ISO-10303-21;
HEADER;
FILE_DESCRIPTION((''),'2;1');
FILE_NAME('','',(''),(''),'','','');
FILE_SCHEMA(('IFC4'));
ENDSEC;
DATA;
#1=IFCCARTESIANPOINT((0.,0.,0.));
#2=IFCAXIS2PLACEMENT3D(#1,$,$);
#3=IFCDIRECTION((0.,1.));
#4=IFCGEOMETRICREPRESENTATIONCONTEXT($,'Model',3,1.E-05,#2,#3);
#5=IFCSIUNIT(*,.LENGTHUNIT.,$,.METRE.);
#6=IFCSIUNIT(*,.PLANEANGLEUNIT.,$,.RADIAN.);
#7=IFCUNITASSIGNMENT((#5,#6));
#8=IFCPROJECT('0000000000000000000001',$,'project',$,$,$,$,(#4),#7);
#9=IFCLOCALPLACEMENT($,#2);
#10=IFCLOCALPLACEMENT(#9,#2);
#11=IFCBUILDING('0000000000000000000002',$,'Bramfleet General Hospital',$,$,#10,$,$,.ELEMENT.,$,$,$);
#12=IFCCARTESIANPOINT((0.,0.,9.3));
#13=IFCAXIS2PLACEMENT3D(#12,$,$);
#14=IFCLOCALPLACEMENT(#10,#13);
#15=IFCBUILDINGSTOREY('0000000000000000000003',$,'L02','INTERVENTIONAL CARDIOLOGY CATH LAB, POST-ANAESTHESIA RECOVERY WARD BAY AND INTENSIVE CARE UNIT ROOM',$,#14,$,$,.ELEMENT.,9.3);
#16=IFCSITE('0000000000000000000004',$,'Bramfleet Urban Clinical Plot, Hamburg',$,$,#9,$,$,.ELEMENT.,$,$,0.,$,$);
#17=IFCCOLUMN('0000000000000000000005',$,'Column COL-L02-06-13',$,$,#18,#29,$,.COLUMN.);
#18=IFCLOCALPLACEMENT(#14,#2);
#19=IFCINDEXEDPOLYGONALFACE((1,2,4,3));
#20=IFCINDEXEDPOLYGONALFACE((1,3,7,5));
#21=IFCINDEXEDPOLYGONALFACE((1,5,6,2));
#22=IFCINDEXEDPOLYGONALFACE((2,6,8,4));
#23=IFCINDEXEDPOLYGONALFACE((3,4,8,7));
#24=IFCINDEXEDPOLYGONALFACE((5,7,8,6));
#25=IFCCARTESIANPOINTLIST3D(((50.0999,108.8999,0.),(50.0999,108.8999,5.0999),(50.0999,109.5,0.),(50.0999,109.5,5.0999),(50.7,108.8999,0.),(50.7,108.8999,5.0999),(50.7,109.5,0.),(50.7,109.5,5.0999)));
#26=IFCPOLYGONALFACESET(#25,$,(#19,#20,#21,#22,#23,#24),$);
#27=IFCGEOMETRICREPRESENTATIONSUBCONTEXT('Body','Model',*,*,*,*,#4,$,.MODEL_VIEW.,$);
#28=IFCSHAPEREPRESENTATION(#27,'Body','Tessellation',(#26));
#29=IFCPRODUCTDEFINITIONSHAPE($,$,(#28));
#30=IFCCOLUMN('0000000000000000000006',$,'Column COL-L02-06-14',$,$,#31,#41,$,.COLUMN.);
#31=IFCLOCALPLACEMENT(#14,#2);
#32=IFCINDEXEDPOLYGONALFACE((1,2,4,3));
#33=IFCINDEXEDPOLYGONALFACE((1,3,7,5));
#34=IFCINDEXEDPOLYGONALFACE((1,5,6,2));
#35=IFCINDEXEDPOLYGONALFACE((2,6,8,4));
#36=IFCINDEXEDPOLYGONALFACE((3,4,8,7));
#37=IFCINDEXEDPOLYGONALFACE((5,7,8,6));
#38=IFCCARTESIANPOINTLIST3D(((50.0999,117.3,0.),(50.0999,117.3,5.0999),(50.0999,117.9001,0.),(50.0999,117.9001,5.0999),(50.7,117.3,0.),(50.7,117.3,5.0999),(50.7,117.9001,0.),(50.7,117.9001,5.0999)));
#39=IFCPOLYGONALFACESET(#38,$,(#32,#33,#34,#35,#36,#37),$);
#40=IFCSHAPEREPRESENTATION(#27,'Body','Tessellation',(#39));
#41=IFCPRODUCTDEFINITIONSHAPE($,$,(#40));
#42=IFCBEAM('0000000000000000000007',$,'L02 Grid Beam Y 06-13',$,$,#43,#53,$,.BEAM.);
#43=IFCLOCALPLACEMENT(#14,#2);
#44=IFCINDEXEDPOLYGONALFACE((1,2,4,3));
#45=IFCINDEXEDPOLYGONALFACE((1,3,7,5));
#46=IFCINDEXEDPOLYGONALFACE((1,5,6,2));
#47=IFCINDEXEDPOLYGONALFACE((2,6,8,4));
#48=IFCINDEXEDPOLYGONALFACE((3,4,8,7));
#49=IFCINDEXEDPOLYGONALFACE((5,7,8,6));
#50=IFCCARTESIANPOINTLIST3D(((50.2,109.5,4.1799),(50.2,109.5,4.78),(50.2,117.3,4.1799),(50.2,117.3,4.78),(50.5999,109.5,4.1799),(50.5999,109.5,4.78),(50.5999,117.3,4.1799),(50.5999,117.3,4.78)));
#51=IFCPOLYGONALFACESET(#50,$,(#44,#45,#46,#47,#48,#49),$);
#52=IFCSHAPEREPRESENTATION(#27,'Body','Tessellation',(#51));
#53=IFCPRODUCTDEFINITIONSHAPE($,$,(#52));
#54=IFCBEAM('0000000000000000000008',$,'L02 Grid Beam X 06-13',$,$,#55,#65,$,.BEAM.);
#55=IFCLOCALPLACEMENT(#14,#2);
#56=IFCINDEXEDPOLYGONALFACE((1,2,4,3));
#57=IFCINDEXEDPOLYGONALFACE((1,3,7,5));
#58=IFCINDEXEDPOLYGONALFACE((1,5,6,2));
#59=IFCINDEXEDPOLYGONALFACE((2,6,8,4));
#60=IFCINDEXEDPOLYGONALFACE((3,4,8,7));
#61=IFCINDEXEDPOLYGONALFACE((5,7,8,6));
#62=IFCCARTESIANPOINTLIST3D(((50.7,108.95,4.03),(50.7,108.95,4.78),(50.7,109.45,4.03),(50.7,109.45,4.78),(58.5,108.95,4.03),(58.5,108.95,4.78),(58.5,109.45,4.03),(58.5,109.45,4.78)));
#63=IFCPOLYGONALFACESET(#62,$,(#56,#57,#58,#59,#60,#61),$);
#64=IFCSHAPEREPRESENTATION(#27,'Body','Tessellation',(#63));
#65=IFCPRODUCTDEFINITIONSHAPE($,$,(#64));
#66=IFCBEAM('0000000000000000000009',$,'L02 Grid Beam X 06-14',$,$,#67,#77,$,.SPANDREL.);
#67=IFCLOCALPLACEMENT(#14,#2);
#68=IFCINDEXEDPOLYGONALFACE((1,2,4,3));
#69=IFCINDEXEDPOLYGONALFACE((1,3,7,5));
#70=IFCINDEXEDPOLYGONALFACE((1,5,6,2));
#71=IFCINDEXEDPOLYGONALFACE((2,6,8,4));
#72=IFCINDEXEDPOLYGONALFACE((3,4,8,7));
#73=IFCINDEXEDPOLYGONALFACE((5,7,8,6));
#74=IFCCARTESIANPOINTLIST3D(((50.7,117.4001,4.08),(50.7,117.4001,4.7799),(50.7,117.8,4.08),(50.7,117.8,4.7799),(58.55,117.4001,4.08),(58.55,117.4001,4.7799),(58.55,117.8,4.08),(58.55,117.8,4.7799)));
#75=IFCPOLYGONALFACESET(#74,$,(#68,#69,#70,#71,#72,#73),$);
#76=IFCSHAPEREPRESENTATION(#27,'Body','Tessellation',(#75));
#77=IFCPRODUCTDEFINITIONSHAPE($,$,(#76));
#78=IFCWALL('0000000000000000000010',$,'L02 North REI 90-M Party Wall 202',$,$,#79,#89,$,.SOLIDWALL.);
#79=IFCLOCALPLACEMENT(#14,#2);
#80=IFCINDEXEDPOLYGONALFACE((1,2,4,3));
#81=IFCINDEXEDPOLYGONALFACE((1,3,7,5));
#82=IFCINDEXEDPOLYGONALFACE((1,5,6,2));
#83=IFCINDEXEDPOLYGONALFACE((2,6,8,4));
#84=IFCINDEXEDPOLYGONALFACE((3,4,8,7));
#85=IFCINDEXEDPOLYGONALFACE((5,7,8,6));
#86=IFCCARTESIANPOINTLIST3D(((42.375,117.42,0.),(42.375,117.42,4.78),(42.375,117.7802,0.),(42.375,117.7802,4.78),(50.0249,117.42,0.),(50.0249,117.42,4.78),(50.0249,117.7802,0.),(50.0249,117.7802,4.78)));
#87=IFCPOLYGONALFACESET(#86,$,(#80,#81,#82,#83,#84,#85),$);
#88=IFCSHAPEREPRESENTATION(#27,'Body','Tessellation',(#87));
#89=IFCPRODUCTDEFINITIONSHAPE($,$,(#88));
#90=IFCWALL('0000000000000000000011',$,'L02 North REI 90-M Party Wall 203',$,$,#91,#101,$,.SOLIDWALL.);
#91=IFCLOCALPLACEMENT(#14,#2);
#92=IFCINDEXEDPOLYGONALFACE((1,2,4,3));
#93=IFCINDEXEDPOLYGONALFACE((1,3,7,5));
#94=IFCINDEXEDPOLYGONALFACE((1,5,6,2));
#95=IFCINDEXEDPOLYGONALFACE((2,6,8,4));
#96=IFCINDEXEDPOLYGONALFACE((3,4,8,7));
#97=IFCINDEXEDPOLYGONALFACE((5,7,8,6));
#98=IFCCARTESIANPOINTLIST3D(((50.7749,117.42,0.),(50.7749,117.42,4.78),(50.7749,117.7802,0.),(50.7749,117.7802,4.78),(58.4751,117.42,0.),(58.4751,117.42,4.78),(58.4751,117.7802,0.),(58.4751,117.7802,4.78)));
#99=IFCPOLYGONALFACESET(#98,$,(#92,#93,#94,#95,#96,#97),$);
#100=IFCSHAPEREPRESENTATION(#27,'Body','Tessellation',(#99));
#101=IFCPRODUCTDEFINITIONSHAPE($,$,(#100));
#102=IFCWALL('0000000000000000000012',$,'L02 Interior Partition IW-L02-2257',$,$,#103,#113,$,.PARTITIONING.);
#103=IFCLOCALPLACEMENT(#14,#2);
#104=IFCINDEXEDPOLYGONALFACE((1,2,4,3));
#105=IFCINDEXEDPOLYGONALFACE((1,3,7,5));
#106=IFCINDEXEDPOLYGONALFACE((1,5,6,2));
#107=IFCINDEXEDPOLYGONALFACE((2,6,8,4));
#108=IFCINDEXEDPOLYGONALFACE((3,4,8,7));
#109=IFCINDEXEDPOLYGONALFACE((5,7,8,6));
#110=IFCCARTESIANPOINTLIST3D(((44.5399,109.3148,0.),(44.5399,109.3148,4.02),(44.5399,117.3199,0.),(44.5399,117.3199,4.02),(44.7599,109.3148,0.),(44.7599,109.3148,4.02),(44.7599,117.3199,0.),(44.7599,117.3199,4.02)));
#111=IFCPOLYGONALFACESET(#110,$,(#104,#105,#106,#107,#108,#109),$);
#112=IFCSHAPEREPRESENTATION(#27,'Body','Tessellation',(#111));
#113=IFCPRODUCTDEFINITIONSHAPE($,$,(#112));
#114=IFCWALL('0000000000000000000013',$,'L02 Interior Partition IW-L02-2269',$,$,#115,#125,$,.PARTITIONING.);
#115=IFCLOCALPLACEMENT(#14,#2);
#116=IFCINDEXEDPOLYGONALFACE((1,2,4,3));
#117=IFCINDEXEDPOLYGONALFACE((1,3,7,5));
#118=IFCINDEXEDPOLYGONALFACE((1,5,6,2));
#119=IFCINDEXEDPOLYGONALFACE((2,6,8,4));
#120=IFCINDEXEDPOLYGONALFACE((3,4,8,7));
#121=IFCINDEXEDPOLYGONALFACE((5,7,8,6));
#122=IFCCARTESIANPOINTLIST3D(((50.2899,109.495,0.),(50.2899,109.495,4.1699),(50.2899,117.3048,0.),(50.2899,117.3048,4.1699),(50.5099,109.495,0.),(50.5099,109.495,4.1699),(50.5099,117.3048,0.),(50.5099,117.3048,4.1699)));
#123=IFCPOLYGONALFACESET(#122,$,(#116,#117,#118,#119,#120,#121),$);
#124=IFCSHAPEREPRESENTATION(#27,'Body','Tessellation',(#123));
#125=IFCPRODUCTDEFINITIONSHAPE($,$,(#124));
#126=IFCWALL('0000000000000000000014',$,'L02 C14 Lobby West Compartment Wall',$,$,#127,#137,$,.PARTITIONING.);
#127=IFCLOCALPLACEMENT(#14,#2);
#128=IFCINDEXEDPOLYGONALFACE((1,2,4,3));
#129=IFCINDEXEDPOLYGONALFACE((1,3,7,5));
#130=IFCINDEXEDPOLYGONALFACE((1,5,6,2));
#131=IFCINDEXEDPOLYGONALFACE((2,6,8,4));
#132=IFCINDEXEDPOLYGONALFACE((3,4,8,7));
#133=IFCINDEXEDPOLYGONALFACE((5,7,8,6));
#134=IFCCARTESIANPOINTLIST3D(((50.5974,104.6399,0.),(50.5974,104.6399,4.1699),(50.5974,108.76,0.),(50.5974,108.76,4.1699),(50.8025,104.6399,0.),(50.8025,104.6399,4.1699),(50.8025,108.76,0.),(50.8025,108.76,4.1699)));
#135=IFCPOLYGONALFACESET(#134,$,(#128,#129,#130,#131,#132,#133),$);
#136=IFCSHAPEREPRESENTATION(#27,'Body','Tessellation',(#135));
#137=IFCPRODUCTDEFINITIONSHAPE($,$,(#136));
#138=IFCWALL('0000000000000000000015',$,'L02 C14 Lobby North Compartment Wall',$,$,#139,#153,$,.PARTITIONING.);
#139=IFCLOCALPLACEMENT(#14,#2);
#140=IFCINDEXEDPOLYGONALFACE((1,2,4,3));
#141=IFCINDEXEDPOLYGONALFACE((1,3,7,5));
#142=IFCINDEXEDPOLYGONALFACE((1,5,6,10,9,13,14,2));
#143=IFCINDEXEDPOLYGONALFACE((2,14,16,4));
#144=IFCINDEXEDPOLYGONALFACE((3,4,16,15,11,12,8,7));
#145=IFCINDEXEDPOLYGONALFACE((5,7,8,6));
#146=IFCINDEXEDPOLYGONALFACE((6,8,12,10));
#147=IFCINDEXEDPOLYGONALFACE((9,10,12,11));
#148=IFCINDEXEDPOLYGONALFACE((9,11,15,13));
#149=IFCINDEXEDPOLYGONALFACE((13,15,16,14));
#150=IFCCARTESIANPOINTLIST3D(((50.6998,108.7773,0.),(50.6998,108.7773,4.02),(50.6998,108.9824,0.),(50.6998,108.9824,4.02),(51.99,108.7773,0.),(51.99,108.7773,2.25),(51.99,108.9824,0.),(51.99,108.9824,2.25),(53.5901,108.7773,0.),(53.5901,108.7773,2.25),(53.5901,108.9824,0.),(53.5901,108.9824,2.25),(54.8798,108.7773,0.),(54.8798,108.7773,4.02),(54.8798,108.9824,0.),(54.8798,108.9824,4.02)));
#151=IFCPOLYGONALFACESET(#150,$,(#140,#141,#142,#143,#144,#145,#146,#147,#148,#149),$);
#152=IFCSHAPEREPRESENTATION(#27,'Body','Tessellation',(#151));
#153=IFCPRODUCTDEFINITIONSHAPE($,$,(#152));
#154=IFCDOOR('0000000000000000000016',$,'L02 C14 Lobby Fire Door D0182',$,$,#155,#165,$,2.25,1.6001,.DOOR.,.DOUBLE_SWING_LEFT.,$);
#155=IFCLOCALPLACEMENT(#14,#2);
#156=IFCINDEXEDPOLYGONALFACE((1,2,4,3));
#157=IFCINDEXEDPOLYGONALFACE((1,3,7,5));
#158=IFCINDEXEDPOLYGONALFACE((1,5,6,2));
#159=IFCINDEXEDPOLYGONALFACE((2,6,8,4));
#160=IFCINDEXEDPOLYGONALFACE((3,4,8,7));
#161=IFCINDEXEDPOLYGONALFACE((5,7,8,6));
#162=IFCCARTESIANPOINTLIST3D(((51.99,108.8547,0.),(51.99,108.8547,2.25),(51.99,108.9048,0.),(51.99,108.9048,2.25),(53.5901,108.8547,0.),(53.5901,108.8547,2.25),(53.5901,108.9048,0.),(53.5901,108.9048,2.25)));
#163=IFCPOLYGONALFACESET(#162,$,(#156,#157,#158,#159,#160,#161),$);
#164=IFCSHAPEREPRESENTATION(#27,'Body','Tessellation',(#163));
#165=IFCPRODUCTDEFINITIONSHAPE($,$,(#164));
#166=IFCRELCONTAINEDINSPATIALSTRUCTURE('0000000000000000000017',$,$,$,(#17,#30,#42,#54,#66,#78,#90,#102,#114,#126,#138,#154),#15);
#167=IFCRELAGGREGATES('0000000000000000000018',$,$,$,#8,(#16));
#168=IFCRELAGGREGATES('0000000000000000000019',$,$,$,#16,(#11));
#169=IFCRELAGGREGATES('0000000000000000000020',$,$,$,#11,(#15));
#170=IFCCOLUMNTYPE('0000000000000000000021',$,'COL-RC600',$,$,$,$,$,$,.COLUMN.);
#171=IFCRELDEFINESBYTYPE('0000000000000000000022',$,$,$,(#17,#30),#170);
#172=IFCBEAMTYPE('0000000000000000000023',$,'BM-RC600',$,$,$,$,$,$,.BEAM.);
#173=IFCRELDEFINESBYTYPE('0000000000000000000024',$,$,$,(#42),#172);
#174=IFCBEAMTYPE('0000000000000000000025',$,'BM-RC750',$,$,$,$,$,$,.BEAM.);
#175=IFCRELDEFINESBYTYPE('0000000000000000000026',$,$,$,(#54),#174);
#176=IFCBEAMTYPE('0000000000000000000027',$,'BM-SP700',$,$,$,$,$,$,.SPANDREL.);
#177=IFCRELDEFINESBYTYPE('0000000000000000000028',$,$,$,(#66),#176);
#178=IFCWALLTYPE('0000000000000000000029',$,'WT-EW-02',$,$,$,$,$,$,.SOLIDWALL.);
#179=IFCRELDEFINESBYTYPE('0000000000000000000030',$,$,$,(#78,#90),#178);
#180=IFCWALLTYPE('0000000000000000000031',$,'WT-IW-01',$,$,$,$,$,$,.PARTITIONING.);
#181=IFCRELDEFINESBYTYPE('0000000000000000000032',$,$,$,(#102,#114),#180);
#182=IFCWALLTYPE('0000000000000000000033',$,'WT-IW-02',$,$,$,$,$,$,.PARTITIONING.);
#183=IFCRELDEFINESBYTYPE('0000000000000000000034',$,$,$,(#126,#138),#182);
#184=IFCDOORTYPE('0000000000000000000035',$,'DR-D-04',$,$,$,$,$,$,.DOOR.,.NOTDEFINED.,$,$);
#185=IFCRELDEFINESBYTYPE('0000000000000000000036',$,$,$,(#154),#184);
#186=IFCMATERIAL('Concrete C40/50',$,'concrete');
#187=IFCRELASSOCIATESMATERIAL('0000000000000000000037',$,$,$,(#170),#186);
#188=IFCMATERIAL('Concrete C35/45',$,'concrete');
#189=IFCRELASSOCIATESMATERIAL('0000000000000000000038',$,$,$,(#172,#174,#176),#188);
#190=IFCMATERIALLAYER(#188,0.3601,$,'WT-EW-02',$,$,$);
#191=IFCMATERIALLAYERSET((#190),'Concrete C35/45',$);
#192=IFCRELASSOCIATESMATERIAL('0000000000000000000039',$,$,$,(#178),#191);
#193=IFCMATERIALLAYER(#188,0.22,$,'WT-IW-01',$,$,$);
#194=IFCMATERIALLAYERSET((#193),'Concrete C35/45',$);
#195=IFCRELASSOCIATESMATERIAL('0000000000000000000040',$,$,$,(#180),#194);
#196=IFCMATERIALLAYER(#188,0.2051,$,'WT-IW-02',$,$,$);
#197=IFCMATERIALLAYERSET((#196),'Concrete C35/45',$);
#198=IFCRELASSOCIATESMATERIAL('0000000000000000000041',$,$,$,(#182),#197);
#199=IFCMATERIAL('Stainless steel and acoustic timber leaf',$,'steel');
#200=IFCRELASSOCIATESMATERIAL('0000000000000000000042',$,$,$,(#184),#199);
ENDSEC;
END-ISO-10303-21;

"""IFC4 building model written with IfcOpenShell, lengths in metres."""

from ifc_helpers import new_model, si_unit, direction, frame, frame_2d, origin, origin_2d, place, context, subcontext, project, spatial, rectangle, extrude, material, layer, layer_set, material_profile, profile_set, type_object, element, fill, save


model = new_model("IFC4")

# Units and contexts
model_context = context("Model", 3, precision=1e-05, world=origin(), true_north=direction((0.0, 1.0)))
body_context = subcontext(model_context, "Body", "Model", "MODEL_VIEW")
ifc_project = project(units=[si_unit("LENGTHUNIT", "METRE"), si_unit("PLANEANGLEUNIT", "RADIAN")], contexts=[model_context])

# Site, building, storey
site_placement = place(None, origin())
site = spatial("IfcSite", under=ifc_project, at=site_placement, Name="Bramfleet Urban Clinical Plot, Hamburg", CompositionType="ELEMENT", RefElevation=0.0)
building_placement = place(site_placement, origin())
building = spatial("IfcBuilding", under=site, at=building_placement, Name="Bramfleet General Hospital", CompositionType="ELEMENT")
storey_placement = place(building_placement, frame((0.0, 0.0, 9.3)))
storey = spatial("IfcBuildingStorey", under=building, at=storey_placement, Name="L02", Description="INTERVENTIONAL CARDIOLOGY CATH LAB, POST-ANAESTHESIA RECOVERY WARD BAY AND INTENSIVE CARE UNIT ROOM", CompositionType="ELEMENT", Elevation=9.3)

# Columns
ifc_material_1 = material(Name="Concrete C40/50", Category="concrete")
ifc_material_profile_1 = material_profile(ifc_material_1, rectangle(XDim=0.6001, YDim=0.6001, at=origin_2d()), Name="RC COL 600x600")
ifc_profile_set_1 = profile_set([ifc_material_profile_1], Name="Concrete C40/50")
column_type = type_object("IfcColumnType", Name="COL-RC600", PredefinedType="COLUMN", material=ifc_profile_set_1)
for number, where, z_axis, x_axis, name in (
    (1, (50.3999, 109.2, 0.0), (0.0, 0.0, 1.0), (1.0, 0.0, 0.0), "Column COL-L02-06-13"),
    (2, (50.3999, 117.6001, 0.0), (0.0, 0.0, 1.0), (1.0, 0.0, 0.0), "Column COL-L02-06-14"),
):
    element("IfcColumn", number, at=place(storey_placement, frame(where, z_axis=z_axis, x_axis=x_axis)), inside=storey, type_object=column_type, Name=name, PredefinedType="COLUMN", context=body_context, shape_type="SweptSolid", body=[
        extrude(rectangle(XDim=0.6001, YDim=0.6001, at=origin_2d()), origin(), (0.0, 0.0, 1.0), 5.0999),
    ])

# Beams
ifc_material_2 = material(Name="Concrete C35/45", Category="concrete")
ifc_material_profile_2 = material_profile(ifc_material_2, rectangle(XDim=0.3999, YDim=0.6001, at=origin_2d()), Name="RC BM 600x400")
ifc_profile_set_2 = profile_set([ifc_material_profile_2], Name="Concrete C35/45")
beam_type_1 = type_object("IfcBeamType", Name="BM-RC600", PredefinedType="BEAM", material=ifc_profile_set_2)
beam_1_placement = place(storey_placement, frame((50.3999, 109.5, 4.48), z_axis=(0.0, 1.0, 0.0), x_axis=(-1.0, 0.0, 0.0)))
element("IfcBeam", 3, at=beam_1_placement, inside=storey, type_object=beam_type_1, Name="L02 Grid Beam Y 06-13", PredefinedType="BEAM", context=body_context, shape_type="SweptSolid", body=[
    extrude(rectangle(XDim=0.3999, YDim=0.6001, at=origin_2d()), origin(), (0.0, 0.0, 1.0), 7.8),
])
ifc_material_profile_3 = material_profile(ifc_material_2, rectangle(XDim=0.5, YDim=0.75, at=origin_2d()), Name="RC BM 750x500")
ifc_profile_set_3 = profile_set([ifc_material_profile_3], Name="Concrete C35/45")
beam_type_2 = type_object("IfcBeamType", Name="BM-RC750", PredefinedType="BEAM", material=ifc_profile_set_3)
beam_2_placement = place(storey_placement, frame((50.7, 109.2, 4.405), z_axis=(1.0, 0.0, 0.0), x_axis=(0.0, 1.0, 0.0)))
element("IfcBeam", 4, at=beam_2_placement, inside=storey, type_object=beam_type_2, Name="L02 Grid Beam X 06-13", PredefinedType="BEAM", context=body_context, shape_type="SweptSolid", body=[
    extrude(rectangle(XDim=0.5, YDim=0.75, at=origin_2d()), origin(), (0.0, 0.0, 1.0), 7.8),
])
ifc_material_profile_4 = material_profile(ifc_material_2, rectangle(XDim=0.3999, YDim=0.7, at=origin_2d()), Name="RC SP 700x400")
ifc_profile_set_4 = profile_set([ifc_material_profile_4], Name="Concrete C35/45")
beam_type_3 = type_object("IfcBeamType", Name="BM-SP700", PredefinedType="SPANDREL", material=ifc_profile_set_4)
beam_3_placement = place(storey_placement, frame((50.7, 117.6001, 4.4299), z_axis=(1.0, 0.0, 0.0), x_axis=(0.0, 1.0, 0.0)))
element("IfcBeam", 5, at=beam_3_placement, inside=storey, type_object=beam_type_3, Name="L02 Grid Beam X 06-14", PredefinedType="SPANDREL", context=body_context, shape_type="SweptSolid", body=[
    extrude(rectangle(XDim=0.3999, YDim=0.7, at=origin_2d()), origin(), (0.0, 0.0, 1.0), 7.8501),
])

# Walls
ifc_layer_1 = layer(ifc_material_2, 0.3601, Name="WT-EW-02")
ifc_layer_set_1 = layer_set([ifc_layer_1], Name="Concrete C35/45")
wall_type_1 = type_object("IfcWallType", Name="WT-EW-02", PredefinedType="SOLIDWALL", material=ifc_layer_set_1)
wall_1_placement = place(storey_placement, frame((42.375, 117.6001, 0.0), z_axis=(0.0, 0.0, 1.0), x_axis=(1.0, 0.0, 0.0)))
element("IfcWall", 6, at=wall_1_placement, inside=storey, type_object=wall_type_1, Name="L02 North REI 90-M Party Wall 202", PredefinedType="SOLIDWALL", context=body_context, shape_type="SweptSolid", body=[
    extrude(rectangle(XDim=7.6499, YDim=0.3601, at=frame_2d((3.825, 0.0))), origin(), (0.0, 0.0, 1.0), 4.78),
])
wall_2_placement = place(storey_placement, frame((50.7749, 117.6001, 0.0), z_axis=(0.0, 0.0, 1.0), x_axis=(1.0, 0.0, 0.0)))
element("IfcWall", 7, at=wall_2_placement, inside=storey, type_object=wall_type_1, Name="L02 North REI 90-M Party Wall 203", PredefinedType="SOLIDWALL", context=body_context, shape_type="SweptSolid", body=[
    extrude(rectangle(XDim=7.7002, YDim=0.3601, at=frame_2d((3.8501, 0.0))), origin(), (0.0, 0.0, 1.0), 4.78),
])
ifc_layer_2 = layer(ifc_material_2, 0.22, Name="WT-IW-01")
ifc_layer_set_2 = layer_set([ifc_layer_2], Name="Concrete C35/45")
wall_type_2 = type_object("IfcWallType", Name="WT-IW-01", PredefinedType="PARTITIONING", material=ifc_layer_set_2)
wall_3_placement = place(storey_placement, frame((44.6499, 109.3149, 0.0), z_axis=(0.0, 0.0, 1.0), x_axis=(0.0, 1.0, 0.0)))
element("IfcWall", 8, at=wall_3_placement, inside=storey, type_object=wall_type_2, Name="L02 Interior Partition IW-L02-2257", PredefinedType="PARTITIONING", context=body_context, shape_type="SweptSolid", body=[
    extrude(rectangle(XDim=8.0051, YDim=0.22, at=frame_2d((4.0024, 0.0))), origin(), (0.0, 0.0, 1.0), 4.02),
])
wall_4_placement = place(storey_placement, frame((50.3999, 109.4951, 0.0), z_axis=(0.0, 0.0, 1.0), x_axis=(0.0, 1.0, 0.0)))
element("IfcWall", 9, at=wall_4_placement, inside=storey, type_object=wall_type_2, Name="L02 Interior Partition IW-L02-2269", PredefinedType="PARTITIONING", context=body_context, shape_type="SweptSolid", body=[
    extrude(rectangle(XDim=7.8098, YDim=0.22, at=frame_2d((3.9048, 0.0))), origin(), (0.0, 0.0, 1.0), 4.1699),
])
ifc_layer_3 = layer(ifc_material_2, 0.2051, Name="WT-IW-02")
ifc_layer_set_3 = layer_set([ifc_layer_3], Name="Concrete C35/45")
wall_type_3 = type_object("IfcWallType", Name="WT-IW-02", PredefinedType="PARTITIONING", material=ifc_layer_set_3)
wall_5_placement = place(storey_placement, frame((50.7, 104.6399, 0.0), z_axis=(0.0, 0.0, 1.0), x_axis=(0.0, 1.0, 0.0)))
element("IfcWall", 10, at=wall_5_placement, inside=storey, type_object=wall_type_3, Name="L02 C14 Lobby West Compartment Wall", PredefinedType="PARTITIONING", context=body_context, shape_type="SweptSolid", body=[
    extrude(rectangle(XDim=4.1201, YDim=0.2051, at=frame_2d((2.0601, 0.0))), origin(), (0.0, 0.0, 1.0), 4.1699),
])

# Wall, opening, door
wall_6_placement = place(storey_placement, frame((50.7, 108.8799, 0.0), z_axis=(0.0, 0.0, 1.0), x_axis=(1.0, 0.0, 0.0)))
wall_6 = element("IfcWall", 11, at=wall_6_placement, inside=storey, type_object=wall_type_3, Name="L02 C14 Lobby North Compartment Wall", PredefinedType="PARTITIONING", context=body_context, shape_type="SweptSolid", body=[
    extrude(rectangle(XDim=4.1799, YDim=0.2051, at=frame_2d((2.0898, 0.0))), origin(), (0.0, 0.0, 1.0), 4.02),
])
opening_1_placement = place(wall_6_placement, frame((1.29, 0.0, 0.0)))
opening_1 = element("IfcOpeningElement", 12, at=opening_1_placement, cuts=wall_6, PredefinedType="OPENING", context=body_context, shape_type="SweptSolid", body=[
    extrude(rectangle(XDim=1.6001, YDim=2.25, at=frame_2d((0.8, 1.125))), frame((0.0, 0.1125, 0.0), z_axis=(0.0, -1.0, 0.0), x_axis=(1.0, 0.0, 0.0)), (0.0, 0.0, 1.0), 0.2251),
])
ifc_material_3 = material(Name="Stainless steel and acoustic timber leaf", Category="steel")
door_type_1 = type_object("IfcDoorType", Name="DR-D-04", OperationType="NOTDEFINED", PredefinedType="DOOR", material=ifc_material_3)
door_1_placement = place(opening_1_placement, origin())
door_1 = element("IfcDoor", 13, at=door_1_placement, inside=storey, type_object=door_type_1, Name="L02 C14 Lobby Fire Door D0182", OperationType="DOUBLE_SWING_LEFT", OverallHeight=2.25, OverallWidth=1.6001, PredefinedType="DOOR", context=body_context, shape_type="SweptSolid", body=[
    extrude(rectangle(XDim=1.6001, YDim=2.25, at=frame_2d((0.8, 1.125))), frame((0.0, 0.0249, 0.0), z_axis=(0.0, -1.0, 0.0), x_axis=(1.0, 0.0, 0.0)), (0.0, 0.0, 1.0), 0.05),
])
fill(opening_1, door_1)

save(model, "model.ifc")
